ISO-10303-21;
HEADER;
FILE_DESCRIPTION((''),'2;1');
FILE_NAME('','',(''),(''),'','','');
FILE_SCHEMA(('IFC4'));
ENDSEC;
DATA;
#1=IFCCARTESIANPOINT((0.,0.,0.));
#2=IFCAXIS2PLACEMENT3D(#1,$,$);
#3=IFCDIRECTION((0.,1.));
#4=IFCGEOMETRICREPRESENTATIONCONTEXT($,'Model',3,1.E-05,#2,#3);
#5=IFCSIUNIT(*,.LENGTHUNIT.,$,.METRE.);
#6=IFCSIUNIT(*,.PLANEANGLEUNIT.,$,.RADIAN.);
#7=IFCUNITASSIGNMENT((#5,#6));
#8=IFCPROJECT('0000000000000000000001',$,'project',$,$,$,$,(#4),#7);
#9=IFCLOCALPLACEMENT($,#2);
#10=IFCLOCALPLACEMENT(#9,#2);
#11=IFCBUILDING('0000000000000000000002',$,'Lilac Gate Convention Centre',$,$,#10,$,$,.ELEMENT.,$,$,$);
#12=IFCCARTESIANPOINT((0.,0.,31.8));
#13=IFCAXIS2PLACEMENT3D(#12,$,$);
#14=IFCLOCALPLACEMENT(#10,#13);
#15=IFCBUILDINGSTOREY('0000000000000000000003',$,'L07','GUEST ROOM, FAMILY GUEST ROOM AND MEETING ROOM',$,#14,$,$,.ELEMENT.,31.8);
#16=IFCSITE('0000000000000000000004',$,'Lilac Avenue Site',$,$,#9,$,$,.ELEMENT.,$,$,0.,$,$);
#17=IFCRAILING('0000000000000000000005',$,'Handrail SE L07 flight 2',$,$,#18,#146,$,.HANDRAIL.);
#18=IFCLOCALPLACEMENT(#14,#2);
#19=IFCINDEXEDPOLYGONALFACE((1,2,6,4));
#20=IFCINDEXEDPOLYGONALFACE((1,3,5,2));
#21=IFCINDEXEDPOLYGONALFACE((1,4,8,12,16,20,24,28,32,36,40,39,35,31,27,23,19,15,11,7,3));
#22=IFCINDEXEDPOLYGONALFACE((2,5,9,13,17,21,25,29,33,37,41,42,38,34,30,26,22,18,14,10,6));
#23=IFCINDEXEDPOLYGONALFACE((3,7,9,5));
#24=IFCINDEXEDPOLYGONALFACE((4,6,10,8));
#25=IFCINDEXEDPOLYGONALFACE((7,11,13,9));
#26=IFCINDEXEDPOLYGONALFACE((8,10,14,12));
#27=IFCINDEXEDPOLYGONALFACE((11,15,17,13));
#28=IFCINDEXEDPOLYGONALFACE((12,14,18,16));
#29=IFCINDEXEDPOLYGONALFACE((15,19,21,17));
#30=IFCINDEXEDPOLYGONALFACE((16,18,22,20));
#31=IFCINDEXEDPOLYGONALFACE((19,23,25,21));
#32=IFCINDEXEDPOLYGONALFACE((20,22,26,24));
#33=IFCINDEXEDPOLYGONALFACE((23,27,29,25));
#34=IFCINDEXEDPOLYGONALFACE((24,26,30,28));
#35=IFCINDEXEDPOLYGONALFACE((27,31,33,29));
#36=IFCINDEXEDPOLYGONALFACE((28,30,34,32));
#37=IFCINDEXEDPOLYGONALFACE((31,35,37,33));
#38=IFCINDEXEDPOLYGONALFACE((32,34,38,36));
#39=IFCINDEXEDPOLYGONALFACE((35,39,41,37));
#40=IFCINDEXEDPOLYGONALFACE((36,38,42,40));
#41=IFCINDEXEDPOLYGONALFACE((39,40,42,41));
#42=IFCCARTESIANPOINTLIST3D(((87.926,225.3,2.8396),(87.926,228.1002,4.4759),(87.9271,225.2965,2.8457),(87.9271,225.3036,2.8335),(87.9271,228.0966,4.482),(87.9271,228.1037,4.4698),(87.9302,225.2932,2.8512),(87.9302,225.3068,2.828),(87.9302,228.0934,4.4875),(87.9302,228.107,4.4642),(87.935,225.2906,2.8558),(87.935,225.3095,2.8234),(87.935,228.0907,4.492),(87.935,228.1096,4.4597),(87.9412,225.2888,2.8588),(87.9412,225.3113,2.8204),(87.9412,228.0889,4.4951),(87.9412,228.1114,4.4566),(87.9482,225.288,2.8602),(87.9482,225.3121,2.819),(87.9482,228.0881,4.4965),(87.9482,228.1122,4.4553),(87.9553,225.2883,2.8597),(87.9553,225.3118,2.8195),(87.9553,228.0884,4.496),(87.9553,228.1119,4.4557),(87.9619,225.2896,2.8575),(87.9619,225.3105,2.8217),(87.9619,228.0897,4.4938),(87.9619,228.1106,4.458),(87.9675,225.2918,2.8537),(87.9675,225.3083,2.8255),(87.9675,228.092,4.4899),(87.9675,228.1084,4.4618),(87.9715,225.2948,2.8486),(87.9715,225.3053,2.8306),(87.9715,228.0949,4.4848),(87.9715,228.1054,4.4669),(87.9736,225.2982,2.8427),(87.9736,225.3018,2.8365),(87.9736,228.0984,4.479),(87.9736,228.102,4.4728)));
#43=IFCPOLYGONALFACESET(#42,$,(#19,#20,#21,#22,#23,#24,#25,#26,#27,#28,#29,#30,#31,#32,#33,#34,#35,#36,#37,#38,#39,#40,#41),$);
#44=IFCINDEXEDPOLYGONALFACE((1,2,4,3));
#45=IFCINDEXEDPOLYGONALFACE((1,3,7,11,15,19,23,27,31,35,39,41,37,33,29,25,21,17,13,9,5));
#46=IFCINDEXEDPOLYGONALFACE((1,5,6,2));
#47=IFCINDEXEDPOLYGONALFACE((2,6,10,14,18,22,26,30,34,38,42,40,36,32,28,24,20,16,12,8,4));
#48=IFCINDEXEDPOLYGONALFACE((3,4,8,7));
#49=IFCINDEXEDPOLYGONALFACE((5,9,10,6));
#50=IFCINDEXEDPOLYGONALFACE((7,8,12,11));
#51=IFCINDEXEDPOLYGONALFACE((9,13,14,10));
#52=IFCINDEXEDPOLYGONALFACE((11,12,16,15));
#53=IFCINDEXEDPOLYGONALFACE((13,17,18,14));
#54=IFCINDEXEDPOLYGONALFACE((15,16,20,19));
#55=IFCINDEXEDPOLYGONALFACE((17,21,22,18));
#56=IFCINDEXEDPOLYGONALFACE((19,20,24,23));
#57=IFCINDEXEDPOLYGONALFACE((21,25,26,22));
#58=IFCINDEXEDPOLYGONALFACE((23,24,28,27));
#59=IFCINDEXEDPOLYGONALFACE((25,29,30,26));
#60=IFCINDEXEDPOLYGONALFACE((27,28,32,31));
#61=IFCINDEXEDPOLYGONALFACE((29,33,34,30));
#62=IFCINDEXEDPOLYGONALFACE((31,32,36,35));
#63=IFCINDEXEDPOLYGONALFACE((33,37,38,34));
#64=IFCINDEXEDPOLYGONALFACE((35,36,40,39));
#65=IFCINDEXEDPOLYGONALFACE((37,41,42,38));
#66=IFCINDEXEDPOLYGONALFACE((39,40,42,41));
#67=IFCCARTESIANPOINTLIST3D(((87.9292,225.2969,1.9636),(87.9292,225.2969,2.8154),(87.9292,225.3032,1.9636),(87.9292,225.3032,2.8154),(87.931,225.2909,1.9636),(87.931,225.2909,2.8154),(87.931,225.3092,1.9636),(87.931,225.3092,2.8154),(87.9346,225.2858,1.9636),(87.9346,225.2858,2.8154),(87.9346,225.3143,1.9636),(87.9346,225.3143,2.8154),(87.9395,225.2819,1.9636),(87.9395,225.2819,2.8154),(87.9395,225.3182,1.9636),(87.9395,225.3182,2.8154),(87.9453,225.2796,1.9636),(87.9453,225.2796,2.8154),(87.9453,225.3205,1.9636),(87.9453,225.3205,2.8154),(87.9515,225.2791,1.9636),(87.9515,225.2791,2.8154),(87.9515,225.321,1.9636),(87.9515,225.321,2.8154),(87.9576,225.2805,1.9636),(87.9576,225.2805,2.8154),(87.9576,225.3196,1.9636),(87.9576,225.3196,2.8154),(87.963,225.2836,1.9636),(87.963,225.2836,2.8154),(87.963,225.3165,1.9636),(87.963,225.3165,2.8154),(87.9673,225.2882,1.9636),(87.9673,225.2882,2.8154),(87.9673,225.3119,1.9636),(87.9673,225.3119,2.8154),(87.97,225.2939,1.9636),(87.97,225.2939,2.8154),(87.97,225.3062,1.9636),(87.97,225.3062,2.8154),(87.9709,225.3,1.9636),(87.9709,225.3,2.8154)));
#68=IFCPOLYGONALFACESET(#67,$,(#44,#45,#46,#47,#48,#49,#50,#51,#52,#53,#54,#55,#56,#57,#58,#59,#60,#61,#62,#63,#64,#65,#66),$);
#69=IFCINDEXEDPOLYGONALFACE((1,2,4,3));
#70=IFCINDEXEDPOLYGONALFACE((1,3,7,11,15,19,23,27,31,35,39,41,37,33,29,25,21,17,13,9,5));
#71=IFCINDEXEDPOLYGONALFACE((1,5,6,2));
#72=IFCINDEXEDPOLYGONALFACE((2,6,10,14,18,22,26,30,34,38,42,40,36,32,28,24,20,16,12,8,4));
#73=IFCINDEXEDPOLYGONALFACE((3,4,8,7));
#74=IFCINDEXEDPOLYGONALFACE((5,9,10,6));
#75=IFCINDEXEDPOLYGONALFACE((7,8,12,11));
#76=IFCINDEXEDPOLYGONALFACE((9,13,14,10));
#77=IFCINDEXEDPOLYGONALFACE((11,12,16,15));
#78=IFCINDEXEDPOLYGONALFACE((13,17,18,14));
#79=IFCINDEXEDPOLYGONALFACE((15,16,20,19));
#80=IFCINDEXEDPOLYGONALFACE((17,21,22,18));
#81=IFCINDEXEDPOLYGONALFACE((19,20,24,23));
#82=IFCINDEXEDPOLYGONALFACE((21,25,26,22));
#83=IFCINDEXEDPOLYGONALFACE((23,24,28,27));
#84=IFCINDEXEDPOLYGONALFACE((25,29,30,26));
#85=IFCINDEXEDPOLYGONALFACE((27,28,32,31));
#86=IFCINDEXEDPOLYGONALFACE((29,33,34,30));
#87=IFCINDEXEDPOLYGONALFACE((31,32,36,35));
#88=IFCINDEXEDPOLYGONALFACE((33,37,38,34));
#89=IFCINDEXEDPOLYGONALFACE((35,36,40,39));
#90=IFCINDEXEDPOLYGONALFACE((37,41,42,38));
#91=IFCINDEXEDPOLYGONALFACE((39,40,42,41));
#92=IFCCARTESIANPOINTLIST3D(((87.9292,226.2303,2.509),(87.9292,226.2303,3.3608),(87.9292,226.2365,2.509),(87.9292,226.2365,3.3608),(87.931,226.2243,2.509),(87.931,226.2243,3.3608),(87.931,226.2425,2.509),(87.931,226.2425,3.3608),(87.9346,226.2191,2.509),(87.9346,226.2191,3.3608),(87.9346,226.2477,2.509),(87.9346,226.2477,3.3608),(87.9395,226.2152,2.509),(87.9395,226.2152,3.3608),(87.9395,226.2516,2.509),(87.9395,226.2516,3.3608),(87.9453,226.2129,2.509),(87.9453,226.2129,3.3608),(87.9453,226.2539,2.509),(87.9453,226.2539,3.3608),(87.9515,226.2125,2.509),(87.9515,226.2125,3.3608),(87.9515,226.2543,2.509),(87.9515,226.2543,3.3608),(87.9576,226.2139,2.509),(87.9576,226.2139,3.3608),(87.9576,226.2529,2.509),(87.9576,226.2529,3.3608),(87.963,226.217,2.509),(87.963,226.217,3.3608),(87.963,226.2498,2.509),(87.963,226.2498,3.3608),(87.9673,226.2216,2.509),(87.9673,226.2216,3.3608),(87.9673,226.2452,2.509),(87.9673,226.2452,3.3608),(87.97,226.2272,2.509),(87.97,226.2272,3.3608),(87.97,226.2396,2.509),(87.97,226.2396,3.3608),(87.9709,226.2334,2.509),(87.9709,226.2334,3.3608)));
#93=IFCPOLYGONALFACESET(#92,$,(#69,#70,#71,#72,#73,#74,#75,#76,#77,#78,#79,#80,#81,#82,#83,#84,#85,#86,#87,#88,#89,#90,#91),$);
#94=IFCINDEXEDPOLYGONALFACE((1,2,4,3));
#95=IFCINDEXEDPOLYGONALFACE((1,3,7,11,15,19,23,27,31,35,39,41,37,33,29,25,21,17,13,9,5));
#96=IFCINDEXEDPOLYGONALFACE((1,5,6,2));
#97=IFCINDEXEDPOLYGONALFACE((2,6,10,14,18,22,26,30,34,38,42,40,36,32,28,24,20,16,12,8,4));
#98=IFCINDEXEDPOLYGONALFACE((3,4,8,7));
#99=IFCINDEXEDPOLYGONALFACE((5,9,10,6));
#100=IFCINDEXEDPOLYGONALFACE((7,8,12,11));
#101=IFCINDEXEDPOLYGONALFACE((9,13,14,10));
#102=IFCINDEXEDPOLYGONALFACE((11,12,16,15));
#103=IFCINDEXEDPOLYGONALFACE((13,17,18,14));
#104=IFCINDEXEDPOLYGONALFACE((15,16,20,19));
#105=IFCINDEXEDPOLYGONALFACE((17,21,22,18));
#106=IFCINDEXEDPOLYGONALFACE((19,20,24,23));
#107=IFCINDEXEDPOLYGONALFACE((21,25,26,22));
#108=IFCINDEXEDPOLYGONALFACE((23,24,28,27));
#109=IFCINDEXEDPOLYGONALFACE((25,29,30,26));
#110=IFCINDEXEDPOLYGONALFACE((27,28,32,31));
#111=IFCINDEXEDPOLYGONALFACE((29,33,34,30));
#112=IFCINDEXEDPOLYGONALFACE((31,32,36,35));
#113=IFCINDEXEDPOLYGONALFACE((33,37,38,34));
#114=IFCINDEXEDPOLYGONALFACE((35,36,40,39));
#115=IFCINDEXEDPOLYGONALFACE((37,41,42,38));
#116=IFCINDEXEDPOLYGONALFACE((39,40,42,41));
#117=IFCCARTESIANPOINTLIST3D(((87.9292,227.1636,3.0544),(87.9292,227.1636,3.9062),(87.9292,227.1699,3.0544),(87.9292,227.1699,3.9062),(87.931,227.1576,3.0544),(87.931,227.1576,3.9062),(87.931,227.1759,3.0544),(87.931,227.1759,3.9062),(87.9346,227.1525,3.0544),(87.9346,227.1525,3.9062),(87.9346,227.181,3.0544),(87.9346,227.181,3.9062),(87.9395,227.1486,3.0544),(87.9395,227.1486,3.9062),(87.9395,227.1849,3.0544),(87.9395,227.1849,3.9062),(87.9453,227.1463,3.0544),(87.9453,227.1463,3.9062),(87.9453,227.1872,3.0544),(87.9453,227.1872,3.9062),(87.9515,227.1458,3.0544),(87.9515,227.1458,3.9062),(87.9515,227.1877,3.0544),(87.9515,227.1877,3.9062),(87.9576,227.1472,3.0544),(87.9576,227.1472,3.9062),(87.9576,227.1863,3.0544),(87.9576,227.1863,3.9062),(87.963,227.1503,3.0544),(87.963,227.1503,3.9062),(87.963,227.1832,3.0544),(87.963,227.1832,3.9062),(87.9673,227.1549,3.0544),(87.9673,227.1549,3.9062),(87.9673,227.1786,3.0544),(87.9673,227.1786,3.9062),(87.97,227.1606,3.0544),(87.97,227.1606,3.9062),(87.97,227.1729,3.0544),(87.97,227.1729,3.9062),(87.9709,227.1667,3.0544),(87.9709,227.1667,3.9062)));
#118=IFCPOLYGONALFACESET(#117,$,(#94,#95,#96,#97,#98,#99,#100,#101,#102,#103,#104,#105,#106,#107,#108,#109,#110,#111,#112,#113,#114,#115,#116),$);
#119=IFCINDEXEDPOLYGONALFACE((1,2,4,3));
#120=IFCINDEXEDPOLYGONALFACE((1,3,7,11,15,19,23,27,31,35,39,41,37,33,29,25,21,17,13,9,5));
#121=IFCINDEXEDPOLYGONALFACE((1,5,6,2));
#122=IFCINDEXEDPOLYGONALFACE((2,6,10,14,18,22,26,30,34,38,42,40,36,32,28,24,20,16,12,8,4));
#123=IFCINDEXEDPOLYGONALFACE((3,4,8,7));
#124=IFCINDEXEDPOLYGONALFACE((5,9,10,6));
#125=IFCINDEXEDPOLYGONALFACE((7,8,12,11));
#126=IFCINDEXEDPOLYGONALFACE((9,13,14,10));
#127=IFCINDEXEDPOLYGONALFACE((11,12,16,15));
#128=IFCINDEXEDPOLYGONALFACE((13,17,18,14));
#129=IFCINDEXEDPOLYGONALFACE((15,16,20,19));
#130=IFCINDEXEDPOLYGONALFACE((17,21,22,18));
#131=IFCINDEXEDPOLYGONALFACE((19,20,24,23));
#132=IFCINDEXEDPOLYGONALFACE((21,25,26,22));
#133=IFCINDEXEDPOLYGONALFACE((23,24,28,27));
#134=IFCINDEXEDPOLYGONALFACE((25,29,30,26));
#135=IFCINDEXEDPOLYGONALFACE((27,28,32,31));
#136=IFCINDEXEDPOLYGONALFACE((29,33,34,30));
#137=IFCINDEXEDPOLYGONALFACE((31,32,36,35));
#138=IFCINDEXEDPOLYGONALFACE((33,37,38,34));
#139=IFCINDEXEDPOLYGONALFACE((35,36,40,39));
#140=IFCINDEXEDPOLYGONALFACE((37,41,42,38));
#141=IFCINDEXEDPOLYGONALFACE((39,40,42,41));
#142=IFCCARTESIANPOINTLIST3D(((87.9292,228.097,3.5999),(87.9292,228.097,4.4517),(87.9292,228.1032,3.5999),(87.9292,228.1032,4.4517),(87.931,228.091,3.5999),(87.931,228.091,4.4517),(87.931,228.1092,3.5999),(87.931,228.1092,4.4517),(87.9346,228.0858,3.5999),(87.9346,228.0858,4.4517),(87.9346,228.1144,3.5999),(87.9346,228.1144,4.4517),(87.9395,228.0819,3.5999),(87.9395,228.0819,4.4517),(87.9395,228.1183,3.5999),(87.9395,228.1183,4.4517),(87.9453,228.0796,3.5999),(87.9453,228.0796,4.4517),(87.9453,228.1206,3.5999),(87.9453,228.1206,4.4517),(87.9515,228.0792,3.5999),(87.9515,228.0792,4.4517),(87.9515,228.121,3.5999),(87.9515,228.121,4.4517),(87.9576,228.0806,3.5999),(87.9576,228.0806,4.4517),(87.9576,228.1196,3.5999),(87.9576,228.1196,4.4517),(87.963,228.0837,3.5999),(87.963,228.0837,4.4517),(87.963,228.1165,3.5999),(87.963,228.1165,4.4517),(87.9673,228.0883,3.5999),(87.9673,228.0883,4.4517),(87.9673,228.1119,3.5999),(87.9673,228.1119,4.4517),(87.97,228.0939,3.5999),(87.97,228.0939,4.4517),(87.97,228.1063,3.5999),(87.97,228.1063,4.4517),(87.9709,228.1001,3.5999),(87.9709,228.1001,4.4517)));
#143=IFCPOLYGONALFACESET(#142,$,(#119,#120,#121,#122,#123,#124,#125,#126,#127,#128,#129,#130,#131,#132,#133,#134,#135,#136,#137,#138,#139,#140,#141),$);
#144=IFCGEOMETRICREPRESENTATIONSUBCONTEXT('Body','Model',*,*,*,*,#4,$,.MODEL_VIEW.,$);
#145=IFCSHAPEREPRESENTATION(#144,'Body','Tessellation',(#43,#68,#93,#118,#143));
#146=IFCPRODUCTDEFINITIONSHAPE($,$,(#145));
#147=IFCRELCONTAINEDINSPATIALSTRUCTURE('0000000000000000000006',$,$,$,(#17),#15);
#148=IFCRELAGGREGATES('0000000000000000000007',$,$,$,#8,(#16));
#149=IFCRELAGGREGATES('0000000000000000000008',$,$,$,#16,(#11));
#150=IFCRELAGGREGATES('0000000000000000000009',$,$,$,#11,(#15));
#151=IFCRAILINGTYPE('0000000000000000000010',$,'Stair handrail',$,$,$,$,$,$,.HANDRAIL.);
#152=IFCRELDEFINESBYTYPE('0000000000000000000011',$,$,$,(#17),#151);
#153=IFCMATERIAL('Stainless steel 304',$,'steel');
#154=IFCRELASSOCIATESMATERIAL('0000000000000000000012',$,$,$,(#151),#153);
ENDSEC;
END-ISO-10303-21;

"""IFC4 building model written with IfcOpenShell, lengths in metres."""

from ifc_helpers import new_model, si_unit, direction, frame, origin, origin_2d, place, context, subcontext, project, spatial, circle, extrude, material, type_object, element, save


model = new_model("IFC4")

# Units and contexts
model_context = context("Model", 3, precision=1e-05, world=origin(), true_north=direction((0.0, 1.0)))
body_context = subcontext(model_context, "Body", "Model", "MODEL_VIEW")
ifc_project = project(units=[si_unit("LENGTHUNIT", "METRE"), si_unit("PLANEANGLEUNIT", "RADIAN")], contexts=[model_context])

# Site, building, storey
site_placement = place(None, origin())
site = spatial("IfcSite", under=ifc_project, at=site_placement, Name="Lilac Avenue Site", CompositionType="ELEMENT", RefElevation=0.0)
building_placement = place(site_placement, origin())
building = spatial("IfcBuilding", under=site, at=building_placement, Name="Lilac Gate Convention Centre", CompositionType="ELEMENT")
storey_placement = place(building_placement, frame((0.0, 0.0, 31.8)))
storey = spatial("IfcBuildingStorey", under=building, at=storey_placement, Name="L07", Description="GUEST ROOM, FAMILY GUEST ROOM AND MEETING ROOM", CompositionType="ELEMENT", Elevation=31.8)

# Railing
ifc_material_1 = material(Name="Stainless steel 304", Category="steel")
railing_type = type_object("IfcRailingType", Name="Stair handrail", PredefinedType="HANDRAIL", material=ifc_material_1)
for number, where, name in (
    (1, (87.95, 225.3, 1.9636), "Handrail SE L07 flight 2"),
):
    element("IfcRailing", number, at=place(storey_placement, frame(where)), inside=storey, type_object=railing_type, Name=name, PredefinedType="HANDRAIL", context=body_context, shape_type="SweptSolid", body=[
        extrude(circle(Radius=0.0239, at=origin_2d()), frame((0.0, 0.0, 0.876), z_axis=(0.0, 0.863394, 0.504531), x_axis=(-1.0, 0.0, 0.0)), (0.0, 0.0, 1.0), 3.2432),
        extrude(circle(Radius=0.021, at=origin_2d()), origin(), (0.0, 0.0, 1.0), 0.8518),
        extrude(circle(Radius=0.021, at=origin_2d()), frame((0.0, 0.9333, 0.5454)), (0.0, 0.0, 1.0), 0.8518),
        extrude(circle(Radius=0.021, at=origin_2d()), frame((0.0, 1.8667, 1.0908)), (0.0, 0.0, 1.0), 0.8518),
        extrude(circle(Radius=0.021, at=origin_2d()), frame((0.0, 2.8, 1.6362)), (0.0, 0.0, 1.0), 0.8518),
    ])

save(model, "model.ifc")
